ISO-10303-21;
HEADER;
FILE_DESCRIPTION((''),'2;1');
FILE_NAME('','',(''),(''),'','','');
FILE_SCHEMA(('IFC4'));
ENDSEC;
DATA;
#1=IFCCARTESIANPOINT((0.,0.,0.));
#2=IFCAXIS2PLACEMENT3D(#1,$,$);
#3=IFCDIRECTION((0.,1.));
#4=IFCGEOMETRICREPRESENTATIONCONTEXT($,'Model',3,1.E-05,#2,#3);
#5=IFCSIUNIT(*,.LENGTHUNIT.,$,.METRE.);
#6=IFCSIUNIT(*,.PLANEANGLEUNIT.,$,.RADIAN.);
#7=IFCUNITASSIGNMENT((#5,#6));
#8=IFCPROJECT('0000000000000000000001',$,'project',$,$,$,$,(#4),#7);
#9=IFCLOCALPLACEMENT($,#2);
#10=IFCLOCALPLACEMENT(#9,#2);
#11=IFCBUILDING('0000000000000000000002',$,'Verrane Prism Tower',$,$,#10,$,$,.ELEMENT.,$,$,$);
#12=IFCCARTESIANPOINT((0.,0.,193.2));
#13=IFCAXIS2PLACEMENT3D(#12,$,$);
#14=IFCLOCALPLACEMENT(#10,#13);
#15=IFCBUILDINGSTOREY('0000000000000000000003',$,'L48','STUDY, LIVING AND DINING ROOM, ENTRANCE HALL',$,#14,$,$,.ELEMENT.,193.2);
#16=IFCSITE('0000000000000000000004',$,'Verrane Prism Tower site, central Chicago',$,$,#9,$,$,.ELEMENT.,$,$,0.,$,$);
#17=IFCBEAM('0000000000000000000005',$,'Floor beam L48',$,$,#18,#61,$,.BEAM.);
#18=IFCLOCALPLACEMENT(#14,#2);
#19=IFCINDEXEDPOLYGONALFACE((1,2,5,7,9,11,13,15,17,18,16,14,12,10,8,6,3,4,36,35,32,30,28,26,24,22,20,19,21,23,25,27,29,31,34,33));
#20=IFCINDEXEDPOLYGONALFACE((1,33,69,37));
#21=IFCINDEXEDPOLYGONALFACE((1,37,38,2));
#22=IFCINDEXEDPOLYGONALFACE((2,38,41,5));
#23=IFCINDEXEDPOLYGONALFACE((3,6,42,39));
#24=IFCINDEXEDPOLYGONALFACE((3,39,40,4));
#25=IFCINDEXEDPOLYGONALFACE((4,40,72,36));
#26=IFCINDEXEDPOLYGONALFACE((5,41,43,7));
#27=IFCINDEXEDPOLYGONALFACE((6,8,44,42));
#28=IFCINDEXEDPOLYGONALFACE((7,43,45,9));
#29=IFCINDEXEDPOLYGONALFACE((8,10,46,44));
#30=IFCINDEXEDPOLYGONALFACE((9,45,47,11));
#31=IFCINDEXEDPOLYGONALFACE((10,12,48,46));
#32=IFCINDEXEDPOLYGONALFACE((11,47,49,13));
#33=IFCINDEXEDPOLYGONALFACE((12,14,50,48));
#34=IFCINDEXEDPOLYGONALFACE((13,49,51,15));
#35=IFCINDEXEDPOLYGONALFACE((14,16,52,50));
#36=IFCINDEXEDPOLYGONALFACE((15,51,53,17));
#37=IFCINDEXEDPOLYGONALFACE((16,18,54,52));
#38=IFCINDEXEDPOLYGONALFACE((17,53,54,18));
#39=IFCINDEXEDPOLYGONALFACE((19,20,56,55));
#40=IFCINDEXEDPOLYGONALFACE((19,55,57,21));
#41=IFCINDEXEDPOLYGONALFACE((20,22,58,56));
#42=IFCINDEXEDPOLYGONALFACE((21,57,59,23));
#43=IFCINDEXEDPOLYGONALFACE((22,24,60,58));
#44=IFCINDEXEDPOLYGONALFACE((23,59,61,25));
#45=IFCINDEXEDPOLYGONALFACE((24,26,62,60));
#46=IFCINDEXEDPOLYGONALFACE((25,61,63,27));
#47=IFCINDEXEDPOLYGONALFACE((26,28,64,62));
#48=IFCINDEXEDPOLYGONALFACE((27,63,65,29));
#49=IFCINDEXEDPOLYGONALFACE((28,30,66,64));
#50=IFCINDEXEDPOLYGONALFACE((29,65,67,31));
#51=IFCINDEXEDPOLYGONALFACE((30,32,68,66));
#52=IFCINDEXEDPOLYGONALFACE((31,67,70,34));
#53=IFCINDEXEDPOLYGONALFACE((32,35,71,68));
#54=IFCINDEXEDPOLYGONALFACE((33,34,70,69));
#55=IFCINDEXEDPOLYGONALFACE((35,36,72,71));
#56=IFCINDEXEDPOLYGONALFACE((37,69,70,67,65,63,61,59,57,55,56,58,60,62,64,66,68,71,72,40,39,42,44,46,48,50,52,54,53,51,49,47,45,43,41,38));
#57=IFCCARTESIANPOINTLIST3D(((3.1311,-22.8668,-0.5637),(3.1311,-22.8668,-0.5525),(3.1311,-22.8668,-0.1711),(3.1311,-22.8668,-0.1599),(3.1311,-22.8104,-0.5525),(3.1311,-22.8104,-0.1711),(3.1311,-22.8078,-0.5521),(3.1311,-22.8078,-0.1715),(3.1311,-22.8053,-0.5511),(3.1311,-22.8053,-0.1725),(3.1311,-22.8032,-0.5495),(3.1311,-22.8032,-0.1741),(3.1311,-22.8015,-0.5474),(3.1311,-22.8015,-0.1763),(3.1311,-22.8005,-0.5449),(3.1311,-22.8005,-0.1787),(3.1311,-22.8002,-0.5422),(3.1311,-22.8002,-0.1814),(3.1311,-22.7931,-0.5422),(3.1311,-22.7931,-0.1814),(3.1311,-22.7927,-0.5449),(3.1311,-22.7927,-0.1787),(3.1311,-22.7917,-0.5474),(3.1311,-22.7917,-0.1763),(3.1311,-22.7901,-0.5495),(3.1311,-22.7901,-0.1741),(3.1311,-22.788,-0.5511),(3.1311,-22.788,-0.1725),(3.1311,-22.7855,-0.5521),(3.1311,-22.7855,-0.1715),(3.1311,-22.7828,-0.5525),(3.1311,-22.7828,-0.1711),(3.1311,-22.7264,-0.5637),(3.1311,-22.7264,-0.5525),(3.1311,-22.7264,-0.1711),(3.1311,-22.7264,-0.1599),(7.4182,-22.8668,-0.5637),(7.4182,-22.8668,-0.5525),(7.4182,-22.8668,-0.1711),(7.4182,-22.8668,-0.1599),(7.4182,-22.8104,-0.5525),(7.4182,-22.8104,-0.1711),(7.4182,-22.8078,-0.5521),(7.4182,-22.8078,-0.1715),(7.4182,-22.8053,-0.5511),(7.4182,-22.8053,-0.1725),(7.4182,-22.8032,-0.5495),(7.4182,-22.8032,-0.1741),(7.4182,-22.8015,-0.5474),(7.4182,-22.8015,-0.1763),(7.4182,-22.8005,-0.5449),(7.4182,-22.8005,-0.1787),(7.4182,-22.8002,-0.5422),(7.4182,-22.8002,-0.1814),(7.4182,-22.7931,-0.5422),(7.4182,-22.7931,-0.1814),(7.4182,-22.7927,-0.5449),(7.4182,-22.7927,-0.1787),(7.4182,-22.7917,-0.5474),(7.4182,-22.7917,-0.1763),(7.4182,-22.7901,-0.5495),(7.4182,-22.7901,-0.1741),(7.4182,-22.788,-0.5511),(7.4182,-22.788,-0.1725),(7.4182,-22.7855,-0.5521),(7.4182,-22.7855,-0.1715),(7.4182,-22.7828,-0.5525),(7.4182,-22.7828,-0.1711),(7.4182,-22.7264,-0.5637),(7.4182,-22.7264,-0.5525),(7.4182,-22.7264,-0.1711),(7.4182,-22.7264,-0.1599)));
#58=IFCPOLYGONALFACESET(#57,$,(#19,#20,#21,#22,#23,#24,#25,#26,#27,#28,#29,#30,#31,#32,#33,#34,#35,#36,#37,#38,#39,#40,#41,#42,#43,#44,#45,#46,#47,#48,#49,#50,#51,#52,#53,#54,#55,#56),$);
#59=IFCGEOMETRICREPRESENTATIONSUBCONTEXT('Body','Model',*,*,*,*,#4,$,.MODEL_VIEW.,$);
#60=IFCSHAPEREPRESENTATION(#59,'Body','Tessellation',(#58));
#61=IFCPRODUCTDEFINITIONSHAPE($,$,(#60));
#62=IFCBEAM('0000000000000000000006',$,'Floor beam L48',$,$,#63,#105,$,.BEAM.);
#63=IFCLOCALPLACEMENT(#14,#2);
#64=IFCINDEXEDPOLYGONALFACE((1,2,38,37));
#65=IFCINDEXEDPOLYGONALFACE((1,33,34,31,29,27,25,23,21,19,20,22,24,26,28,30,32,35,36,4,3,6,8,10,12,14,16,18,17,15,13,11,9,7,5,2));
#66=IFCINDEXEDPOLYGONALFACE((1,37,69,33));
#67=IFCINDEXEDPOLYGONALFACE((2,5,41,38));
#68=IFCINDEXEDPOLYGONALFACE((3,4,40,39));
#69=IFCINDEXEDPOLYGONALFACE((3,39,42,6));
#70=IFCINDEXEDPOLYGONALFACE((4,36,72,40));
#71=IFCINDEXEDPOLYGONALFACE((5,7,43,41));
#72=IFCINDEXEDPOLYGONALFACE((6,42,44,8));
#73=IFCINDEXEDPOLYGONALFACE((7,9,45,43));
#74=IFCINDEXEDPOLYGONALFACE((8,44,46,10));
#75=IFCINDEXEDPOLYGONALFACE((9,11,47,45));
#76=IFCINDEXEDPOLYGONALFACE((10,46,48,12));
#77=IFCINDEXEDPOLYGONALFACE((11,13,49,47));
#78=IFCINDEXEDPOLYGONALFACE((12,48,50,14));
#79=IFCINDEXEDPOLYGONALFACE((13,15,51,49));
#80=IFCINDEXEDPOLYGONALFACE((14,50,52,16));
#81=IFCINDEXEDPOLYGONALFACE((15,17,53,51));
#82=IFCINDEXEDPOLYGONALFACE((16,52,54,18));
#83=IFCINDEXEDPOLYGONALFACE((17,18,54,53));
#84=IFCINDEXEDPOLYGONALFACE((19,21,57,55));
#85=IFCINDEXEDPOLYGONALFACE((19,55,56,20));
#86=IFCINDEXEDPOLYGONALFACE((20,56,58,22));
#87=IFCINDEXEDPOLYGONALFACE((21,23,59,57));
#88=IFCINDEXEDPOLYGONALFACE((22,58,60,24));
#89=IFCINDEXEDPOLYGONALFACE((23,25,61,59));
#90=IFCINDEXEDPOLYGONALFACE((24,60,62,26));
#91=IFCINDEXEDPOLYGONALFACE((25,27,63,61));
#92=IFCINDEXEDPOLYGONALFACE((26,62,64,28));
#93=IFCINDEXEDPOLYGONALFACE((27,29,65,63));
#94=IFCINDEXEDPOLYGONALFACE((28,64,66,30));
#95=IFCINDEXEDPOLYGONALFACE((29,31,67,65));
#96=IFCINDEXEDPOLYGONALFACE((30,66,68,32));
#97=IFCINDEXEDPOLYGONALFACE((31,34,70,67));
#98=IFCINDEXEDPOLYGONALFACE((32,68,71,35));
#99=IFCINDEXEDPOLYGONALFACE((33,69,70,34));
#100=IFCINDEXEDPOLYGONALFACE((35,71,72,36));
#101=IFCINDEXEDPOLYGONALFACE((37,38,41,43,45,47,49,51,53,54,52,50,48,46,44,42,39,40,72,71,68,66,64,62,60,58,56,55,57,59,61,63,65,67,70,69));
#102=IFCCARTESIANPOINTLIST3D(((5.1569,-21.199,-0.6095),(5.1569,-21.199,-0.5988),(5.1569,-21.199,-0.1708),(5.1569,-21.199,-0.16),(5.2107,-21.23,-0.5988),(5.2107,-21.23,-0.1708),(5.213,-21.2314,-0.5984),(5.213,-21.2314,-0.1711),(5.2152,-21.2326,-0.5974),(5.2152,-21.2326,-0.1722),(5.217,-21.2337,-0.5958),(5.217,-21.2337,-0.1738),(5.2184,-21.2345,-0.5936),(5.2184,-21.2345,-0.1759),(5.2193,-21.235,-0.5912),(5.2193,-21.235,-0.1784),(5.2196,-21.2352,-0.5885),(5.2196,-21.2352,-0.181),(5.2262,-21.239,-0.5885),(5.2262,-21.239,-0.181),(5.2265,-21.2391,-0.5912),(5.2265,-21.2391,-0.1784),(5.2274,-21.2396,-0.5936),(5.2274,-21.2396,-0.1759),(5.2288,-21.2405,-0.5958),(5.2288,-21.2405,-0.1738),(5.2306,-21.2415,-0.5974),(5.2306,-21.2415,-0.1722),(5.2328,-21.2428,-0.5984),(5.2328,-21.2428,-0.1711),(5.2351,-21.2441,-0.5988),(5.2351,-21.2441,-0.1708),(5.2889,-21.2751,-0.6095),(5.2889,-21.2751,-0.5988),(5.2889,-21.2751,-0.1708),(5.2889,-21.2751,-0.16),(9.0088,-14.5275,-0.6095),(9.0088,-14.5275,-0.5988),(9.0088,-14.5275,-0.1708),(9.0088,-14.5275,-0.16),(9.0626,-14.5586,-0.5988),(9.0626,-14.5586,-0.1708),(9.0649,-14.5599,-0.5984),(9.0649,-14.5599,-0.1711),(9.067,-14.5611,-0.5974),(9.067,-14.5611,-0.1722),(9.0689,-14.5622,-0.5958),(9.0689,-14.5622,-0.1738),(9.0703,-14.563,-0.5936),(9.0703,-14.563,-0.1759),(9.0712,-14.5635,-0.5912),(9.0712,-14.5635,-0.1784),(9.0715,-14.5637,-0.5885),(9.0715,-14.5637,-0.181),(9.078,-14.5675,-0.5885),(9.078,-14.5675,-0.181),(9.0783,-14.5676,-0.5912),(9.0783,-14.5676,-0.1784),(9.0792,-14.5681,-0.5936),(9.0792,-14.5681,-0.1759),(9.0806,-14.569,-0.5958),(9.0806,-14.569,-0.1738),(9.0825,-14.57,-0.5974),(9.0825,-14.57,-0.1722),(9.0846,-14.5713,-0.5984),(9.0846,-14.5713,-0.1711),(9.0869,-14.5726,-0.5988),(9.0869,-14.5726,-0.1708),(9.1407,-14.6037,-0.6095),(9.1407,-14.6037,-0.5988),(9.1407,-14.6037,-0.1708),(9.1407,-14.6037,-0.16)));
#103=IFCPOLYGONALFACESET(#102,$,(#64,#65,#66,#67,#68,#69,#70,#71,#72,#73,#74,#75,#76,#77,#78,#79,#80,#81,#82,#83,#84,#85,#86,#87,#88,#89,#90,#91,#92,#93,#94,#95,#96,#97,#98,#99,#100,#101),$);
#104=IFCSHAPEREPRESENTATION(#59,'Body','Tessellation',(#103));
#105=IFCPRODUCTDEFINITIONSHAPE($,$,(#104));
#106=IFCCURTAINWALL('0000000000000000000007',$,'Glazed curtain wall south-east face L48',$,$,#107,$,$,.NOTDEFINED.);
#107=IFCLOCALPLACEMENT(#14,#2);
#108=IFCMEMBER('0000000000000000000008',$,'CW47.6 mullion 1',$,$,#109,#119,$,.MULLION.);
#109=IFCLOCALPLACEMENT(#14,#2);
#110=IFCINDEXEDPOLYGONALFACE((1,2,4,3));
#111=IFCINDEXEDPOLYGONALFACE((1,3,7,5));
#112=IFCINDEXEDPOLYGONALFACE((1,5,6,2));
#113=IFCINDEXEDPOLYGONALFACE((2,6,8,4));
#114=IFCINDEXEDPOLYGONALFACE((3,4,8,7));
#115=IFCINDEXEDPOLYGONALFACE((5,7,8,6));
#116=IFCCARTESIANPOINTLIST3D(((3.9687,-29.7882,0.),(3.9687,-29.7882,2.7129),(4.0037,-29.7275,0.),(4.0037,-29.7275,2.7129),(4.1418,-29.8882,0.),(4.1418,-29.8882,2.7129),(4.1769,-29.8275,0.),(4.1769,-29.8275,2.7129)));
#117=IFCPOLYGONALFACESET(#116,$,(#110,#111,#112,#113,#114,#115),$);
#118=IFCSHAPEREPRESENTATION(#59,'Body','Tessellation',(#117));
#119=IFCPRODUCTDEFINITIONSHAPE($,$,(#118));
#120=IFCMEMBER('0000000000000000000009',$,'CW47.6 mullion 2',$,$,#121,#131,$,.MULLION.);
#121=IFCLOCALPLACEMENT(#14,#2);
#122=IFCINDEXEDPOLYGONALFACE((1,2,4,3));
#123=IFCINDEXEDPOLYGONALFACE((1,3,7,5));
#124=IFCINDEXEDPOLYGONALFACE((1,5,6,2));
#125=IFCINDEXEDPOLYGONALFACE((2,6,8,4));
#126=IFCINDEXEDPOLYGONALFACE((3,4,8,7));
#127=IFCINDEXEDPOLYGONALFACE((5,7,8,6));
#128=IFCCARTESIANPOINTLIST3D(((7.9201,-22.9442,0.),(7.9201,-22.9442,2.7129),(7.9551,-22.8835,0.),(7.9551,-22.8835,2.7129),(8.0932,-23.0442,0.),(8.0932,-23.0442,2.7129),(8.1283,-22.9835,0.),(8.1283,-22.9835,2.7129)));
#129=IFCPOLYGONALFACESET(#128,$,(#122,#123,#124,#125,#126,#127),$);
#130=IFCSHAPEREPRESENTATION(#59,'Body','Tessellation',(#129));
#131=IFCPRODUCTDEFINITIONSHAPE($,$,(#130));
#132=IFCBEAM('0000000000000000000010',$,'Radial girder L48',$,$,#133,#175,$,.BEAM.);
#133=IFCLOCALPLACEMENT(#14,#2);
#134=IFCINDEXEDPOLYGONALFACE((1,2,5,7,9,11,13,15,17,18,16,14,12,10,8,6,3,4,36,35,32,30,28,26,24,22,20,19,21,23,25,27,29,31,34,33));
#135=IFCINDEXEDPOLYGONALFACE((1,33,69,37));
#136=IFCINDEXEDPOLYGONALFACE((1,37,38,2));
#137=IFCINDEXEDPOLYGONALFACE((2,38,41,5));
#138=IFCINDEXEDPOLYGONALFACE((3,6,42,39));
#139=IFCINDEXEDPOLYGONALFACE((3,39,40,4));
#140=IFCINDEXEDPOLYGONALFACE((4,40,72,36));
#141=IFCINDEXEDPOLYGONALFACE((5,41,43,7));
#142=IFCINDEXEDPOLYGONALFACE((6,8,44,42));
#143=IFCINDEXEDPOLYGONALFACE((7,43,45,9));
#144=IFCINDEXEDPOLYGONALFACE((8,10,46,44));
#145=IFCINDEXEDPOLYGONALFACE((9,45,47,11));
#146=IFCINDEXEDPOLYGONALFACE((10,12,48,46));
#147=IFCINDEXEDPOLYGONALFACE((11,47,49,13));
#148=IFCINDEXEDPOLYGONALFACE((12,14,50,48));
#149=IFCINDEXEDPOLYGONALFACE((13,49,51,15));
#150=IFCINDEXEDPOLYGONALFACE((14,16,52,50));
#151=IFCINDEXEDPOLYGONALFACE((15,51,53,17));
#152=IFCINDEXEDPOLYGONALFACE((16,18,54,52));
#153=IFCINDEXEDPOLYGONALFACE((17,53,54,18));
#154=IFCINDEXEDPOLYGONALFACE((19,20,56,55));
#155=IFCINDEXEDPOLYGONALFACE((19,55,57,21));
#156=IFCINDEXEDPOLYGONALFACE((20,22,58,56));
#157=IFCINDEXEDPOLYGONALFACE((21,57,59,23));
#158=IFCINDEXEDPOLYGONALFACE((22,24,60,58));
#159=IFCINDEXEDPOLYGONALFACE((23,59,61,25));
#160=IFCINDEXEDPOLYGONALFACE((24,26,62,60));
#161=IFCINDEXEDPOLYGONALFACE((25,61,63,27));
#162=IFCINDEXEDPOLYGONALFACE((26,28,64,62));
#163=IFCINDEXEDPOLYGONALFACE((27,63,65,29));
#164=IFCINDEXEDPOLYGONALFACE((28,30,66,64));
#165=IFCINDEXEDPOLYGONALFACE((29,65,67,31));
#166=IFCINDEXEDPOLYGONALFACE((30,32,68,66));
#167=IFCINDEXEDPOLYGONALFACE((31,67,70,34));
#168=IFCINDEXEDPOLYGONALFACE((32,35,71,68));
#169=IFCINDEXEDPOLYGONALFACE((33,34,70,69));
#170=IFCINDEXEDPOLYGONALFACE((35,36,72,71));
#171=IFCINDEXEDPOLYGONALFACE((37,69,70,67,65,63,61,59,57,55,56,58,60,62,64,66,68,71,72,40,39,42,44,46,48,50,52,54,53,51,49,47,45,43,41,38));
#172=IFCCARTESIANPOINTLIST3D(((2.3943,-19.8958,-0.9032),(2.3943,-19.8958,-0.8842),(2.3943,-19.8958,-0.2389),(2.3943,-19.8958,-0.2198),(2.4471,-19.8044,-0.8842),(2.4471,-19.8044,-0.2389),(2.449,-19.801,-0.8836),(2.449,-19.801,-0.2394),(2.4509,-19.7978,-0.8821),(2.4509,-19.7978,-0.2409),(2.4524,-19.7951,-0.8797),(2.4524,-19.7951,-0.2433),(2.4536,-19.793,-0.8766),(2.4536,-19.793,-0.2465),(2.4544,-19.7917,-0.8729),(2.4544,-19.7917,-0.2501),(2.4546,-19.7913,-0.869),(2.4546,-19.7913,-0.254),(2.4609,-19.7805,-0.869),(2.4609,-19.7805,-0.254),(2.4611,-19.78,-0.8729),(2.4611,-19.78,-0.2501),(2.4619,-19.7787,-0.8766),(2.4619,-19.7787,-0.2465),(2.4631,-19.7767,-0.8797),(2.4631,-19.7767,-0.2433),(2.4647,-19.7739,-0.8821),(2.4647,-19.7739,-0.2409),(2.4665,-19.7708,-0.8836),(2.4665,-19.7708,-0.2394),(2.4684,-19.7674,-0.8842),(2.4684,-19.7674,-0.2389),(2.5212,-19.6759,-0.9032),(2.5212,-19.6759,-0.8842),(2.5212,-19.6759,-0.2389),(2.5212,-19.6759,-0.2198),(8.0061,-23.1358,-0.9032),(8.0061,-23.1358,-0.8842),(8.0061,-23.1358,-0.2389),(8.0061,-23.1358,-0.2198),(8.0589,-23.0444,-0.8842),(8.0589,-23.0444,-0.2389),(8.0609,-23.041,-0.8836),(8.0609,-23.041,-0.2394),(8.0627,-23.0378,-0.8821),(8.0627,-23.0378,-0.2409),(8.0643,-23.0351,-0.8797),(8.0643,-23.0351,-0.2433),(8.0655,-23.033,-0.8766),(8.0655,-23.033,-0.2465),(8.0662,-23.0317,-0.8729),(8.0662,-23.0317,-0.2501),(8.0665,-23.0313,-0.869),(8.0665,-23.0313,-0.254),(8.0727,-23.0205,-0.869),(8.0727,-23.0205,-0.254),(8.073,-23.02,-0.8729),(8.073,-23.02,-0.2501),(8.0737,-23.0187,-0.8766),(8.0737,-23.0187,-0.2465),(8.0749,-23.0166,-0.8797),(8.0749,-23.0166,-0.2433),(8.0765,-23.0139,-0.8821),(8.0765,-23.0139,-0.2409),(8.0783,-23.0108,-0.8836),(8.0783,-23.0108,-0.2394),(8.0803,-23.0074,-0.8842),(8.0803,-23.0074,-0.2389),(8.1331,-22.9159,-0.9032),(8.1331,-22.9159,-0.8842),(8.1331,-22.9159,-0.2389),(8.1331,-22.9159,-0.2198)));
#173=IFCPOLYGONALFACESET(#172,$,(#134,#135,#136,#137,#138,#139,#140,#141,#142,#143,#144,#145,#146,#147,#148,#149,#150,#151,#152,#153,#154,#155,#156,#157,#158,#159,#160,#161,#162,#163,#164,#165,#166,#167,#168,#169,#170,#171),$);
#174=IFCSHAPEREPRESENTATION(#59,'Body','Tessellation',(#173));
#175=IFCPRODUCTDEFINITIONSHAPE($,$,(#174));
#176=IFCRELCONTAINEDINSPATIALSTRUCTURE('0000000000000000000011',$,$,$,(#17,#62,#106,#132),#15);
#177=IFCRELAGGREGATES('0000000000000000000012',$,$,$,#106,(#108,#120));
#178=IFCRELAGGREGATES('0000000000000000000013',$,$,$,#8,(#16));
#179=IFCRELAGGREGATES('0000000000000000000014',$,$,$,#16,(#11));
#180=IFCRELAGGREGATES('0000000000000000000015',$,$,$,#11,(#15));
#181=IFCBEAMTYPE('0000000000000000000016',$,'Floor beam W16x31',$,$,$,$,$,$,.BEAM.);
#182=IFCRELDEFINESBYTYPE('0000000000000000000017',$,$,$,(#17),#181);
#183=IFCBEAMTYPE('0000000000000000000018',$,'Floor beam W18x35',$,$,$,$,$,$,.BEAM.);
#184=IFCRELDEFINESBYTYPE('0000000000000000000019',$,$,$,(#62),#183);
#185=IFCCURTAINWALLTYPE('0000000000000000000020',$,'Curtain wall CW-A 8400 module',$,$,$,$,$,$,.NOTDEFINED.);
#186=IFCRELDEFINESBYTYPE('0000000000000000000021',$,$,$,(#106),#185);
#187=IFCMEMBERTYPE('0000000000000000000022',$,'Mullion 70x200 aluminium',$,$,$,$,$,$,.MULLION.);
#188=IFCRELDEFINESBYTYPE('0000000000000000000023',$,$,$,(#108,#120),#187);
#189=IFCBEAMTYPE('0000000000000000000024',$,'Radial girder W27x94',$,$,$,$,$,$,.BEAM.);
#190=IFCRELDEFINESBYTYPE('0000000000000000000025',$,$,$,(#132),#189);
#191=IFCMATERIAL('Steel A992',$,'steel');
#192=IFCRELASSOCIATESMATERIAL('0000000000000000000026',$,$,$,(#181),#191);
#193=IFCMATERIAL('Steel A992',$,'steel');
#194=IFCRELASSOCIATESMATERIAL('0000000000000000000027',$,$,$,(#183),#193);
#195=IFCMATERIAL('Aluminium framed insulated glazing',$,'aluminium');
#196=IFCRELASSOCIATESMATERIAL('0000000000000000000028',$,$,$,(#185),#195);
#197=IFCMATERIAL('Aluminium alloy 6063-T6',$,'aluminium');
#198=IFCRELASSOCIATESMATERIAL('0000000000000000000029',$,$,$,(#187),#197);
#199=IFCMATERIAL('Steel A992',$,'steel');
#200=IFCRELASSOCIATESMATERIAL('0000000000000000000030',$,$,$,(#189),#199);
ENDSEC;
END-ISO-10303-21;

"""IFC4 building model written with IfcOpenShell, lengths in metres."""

from ifc_helpers import new_model, si_unit, direction, frame, origin, origin_2d, place, context, subcontext, project, spatial, rectangle, i_section, extrude, material, material_profile, profile_set, type_object, element, aggregate, save


model = new_model("IFC4")

# Units and contexts
model_context = context("Model", 3, precision=1e-05, world=origin(), true_north=direction((0.0, 1.0)))
body_context = subcontext(model_context, "Body", "Model", "MODEL_VIEW")
ifc_project = project(units=[si_unit("LENGTHUNIT", "METRE"), si_unit("PLANEANGLEUNIT", "RADIAN")], contexts=[model_context])

# Site, building, storey
site_placement = place(None, origin())
site = spatial("IfcSite", under=ifc_project, at=site_placement, Name="Verrane Prism Tower site, central Chicago", CompositionType="ELEMENT", RefElevation=0.0)
building_placement = place(site_placement, origin())
building = spatial("IfcBuilding", under=site, at=building_placement, Name="Verrane Prism Tower", CompositionType="ELEMENT")
storey_placement = place(building_placement, frame((0.0, 0.0, 193.2)))
storey = spatial("IfcBuildingStorey", under=building, at=storey_placement, Name="L48", Description="STUDY, LIVING AND DINING ROOM, ENTRANCE HALL", CompositionType="ELEMENT", Elevation=193.2)

# Beams
ifc_material_1 = material(Name="Steel A992", Category="steel")
ifc_material_profile_1 = material_profile(ifc_material_1, i_section(OverallWidth=0.1404, OverallDepth=0.4038, WebThickness=0.0071, FlangeThickness=0.0112, FilletRadius=0.0103, at=origin_2d()), Name="W16x31")
ifc_profile_set_1 = profile_set([ifc_material_profile_1], Name="Steel A992")
beam_type_1 = type_object("IfcBeamType", Name="Floor beam W16x31", PredefinedType="BEAM", material=ifc_profile_set_1)
beam_1_placement = place(storey_placement, frame((3.1311, -22.7966, -0.3618), z_axis=(1.0, 0.0, 0.0), x_axis=(0.0, 1.0, 0.0)))
element("IfcBeam", 1, at=beam_1_placement, inside=storey, type_object=beam_type_1, Name="Floor beam L48", PredefinedType="BEAM", context=body_context, shape_type="SweptSolid", body=[
    extrude(i_section(OverallWidth=0.1404, OverallDepth=0.4038, WebThickness=0.0071, FlangeThickness=0.0112, FilletRadius=0.0103, at=origin_2d()), origin(), (0.0, 0.0, 1.0), 4.2871),
])
ifc_material_2 = material(Name="Steel A992", Category="steel")
ifc_material_profile_2 = material_profile(ifc_material_2, i_section(OverallWidth=0.1523, OverallDepth=0.4495, WebThickness=0.0076, FlangeThickness=0.0107, FilletRadius=0.0103, at=origin_2d()), Name="W18x35")
ifc_profile_set_2 = profile_set([ifc_material_profile_2], Name="Steel A992")
beam_type_2 = type_object("IfcBeamType", Name="Floor beam W18x35", PredefinedType="BEAM", material=ifc_profile_set_2)
beam_2_placement = place(storey_placement, frame((5.2229, -21.2371, -0.3848), z_axis=(0.500008, 0.866021, 0.0), x_axis=(-0.866021, 0.500008, 0.0)))
element("IfcBeam", 2, at=beam_2_placement, inside=storey, type_object=beam_type_2, Name="Floor beam L48", PredefinedType="BEAM", context=body_context, shape_type="SweptSolid", body=[
    extrude(i_section(OverallWidth=0.1523, OverallDepth=0.4495, WebThickness=0.0076, FlangeThickness=0.0107, FilletRadius=0.0103, at=origin_2d()), origin(), (0.0, 0.0, 1.0), 7.7036),
])

# Curtain wall, members
ifc_material_3 = material(Name="Aluminium framed insulated glazing", Category="aluminium")
curtain_wall_type_1 = type_object("IfcCurtainWallType", Name="Curtain wall CW-A 8400 module", PredefinedType="NOTDEFINED", material=ifc_material_3)
curtain_wall_1_placement = place(storey_placement, origin())
curtain_wall_1 = element("IfcCurtainWall", 3, at=curtain_wall_1_placement, inside=storey, type_object=curtain_wall_type_1, Name="Glazed curtain wall south-east face L48", PredefinedType="NOTDEFINED")
ifc_material_4 = material(Name="Aluminium alloy 6063-T6", Category="aluminium")
ifc_material_profile_3 = material_profile(ifc_material_4, rectangle(XDim=0.2, YDim=0.0701, at=origin_2d()), Name="Mullion 70x200 aluminium")
ifc_profile_set_3 = profile_set([ifc_material_profile_3], Name="Aluminium alloy 6063-T6")
member_type_1 = type_object("IfcMemberType", Name="Mullion 70x200 aluminium", PredefinedType="MULLION", material=ifc_profile_set_3)
member_1_placement = place(storey_placement, frame((4.0728, -29.8079, 0.0), z_axis=(0.0, 0.0, 1.0), x_axis=(-0.866026, 0.5, 0.0)))
member_1 = element("IfcMember", 4, at=member_1_placement, type_object=member_type_1, Name="CW47.6 mullion 1", PredefinedType="MULLION", context=body_context, shape_type="SweptSolid", body=[
    extrude(rectangle(XDim=0.2, YDim=0.0701, at=origin_2d()), origin(), (0.0, 0.0, 1.0), 2.7129),
])
member_2_placement = place(storey_placement, frame((8.0242, -22.9639, 0.0), z_axis=(0.0, 0.0, 1.0), x_axis=(-0.866026, 0.5, 0.0)))
member_2 = element("IfcMember", 5, at=member_2_placement, type_object=member_type_1, Name="CW47.6 mullion 2", PredefinedType="MULLION", context=body_context, shape_type="SweptSolid", body=[
    extrude(rectangle(XDim=0.2, YDim=0.0701, at=origin_2d()), origin(), (0.0, 0.0, 1.0), 2.7129),
])

# Beam
ifc_material_5 = material(Name="Steel A992", Category="steel")
ifc_material_profile_4 = material_profile(ifc_material_5, i_section(OverallWidth=0.2539, OverallDepth=0.6833, WebThickness=0.0125, FlangeThickness=0.019, FilletRadius=0.0151, at=origin_2d()), Name="W27x94")
ifc_profile_set_4 = profile_set([ifc_material_profile_4], Name="Steel A992")
beam_type_3 = type_object("IfcBeamType", Name="Radial girder W27x94", PredefinedType="BEAM", material=ifc_profile_set_4)
beam_3_placement = place(storey_placement, frame((8.0696, -23.0259, -0.5615), z_axis=(-0.866025, 0.500001, 0.0), x_axis=(-0.500001, -0.866025, 0.0)))
element("IfcBeam", 6, at=beam_3_placement, inside=storey, type_object=beam_type_3, Name="Radial girder L48", PredefinedType="BEAM", context=body_context, shape_type="SweptSolid", body=[
    extrude(i_section(OverallWidth=0.2539, OverallDepth=0.6833, WebThickness=0.0125, FlangeThickness=0.019, FilletRadius=0.0151, at=origin_2d()), origin(), (0.0, 0.0, 1.0), 6.48),
])

aggregate(curtain_wall_1, [member_1, member_2])

save(model, "model.ifc")
